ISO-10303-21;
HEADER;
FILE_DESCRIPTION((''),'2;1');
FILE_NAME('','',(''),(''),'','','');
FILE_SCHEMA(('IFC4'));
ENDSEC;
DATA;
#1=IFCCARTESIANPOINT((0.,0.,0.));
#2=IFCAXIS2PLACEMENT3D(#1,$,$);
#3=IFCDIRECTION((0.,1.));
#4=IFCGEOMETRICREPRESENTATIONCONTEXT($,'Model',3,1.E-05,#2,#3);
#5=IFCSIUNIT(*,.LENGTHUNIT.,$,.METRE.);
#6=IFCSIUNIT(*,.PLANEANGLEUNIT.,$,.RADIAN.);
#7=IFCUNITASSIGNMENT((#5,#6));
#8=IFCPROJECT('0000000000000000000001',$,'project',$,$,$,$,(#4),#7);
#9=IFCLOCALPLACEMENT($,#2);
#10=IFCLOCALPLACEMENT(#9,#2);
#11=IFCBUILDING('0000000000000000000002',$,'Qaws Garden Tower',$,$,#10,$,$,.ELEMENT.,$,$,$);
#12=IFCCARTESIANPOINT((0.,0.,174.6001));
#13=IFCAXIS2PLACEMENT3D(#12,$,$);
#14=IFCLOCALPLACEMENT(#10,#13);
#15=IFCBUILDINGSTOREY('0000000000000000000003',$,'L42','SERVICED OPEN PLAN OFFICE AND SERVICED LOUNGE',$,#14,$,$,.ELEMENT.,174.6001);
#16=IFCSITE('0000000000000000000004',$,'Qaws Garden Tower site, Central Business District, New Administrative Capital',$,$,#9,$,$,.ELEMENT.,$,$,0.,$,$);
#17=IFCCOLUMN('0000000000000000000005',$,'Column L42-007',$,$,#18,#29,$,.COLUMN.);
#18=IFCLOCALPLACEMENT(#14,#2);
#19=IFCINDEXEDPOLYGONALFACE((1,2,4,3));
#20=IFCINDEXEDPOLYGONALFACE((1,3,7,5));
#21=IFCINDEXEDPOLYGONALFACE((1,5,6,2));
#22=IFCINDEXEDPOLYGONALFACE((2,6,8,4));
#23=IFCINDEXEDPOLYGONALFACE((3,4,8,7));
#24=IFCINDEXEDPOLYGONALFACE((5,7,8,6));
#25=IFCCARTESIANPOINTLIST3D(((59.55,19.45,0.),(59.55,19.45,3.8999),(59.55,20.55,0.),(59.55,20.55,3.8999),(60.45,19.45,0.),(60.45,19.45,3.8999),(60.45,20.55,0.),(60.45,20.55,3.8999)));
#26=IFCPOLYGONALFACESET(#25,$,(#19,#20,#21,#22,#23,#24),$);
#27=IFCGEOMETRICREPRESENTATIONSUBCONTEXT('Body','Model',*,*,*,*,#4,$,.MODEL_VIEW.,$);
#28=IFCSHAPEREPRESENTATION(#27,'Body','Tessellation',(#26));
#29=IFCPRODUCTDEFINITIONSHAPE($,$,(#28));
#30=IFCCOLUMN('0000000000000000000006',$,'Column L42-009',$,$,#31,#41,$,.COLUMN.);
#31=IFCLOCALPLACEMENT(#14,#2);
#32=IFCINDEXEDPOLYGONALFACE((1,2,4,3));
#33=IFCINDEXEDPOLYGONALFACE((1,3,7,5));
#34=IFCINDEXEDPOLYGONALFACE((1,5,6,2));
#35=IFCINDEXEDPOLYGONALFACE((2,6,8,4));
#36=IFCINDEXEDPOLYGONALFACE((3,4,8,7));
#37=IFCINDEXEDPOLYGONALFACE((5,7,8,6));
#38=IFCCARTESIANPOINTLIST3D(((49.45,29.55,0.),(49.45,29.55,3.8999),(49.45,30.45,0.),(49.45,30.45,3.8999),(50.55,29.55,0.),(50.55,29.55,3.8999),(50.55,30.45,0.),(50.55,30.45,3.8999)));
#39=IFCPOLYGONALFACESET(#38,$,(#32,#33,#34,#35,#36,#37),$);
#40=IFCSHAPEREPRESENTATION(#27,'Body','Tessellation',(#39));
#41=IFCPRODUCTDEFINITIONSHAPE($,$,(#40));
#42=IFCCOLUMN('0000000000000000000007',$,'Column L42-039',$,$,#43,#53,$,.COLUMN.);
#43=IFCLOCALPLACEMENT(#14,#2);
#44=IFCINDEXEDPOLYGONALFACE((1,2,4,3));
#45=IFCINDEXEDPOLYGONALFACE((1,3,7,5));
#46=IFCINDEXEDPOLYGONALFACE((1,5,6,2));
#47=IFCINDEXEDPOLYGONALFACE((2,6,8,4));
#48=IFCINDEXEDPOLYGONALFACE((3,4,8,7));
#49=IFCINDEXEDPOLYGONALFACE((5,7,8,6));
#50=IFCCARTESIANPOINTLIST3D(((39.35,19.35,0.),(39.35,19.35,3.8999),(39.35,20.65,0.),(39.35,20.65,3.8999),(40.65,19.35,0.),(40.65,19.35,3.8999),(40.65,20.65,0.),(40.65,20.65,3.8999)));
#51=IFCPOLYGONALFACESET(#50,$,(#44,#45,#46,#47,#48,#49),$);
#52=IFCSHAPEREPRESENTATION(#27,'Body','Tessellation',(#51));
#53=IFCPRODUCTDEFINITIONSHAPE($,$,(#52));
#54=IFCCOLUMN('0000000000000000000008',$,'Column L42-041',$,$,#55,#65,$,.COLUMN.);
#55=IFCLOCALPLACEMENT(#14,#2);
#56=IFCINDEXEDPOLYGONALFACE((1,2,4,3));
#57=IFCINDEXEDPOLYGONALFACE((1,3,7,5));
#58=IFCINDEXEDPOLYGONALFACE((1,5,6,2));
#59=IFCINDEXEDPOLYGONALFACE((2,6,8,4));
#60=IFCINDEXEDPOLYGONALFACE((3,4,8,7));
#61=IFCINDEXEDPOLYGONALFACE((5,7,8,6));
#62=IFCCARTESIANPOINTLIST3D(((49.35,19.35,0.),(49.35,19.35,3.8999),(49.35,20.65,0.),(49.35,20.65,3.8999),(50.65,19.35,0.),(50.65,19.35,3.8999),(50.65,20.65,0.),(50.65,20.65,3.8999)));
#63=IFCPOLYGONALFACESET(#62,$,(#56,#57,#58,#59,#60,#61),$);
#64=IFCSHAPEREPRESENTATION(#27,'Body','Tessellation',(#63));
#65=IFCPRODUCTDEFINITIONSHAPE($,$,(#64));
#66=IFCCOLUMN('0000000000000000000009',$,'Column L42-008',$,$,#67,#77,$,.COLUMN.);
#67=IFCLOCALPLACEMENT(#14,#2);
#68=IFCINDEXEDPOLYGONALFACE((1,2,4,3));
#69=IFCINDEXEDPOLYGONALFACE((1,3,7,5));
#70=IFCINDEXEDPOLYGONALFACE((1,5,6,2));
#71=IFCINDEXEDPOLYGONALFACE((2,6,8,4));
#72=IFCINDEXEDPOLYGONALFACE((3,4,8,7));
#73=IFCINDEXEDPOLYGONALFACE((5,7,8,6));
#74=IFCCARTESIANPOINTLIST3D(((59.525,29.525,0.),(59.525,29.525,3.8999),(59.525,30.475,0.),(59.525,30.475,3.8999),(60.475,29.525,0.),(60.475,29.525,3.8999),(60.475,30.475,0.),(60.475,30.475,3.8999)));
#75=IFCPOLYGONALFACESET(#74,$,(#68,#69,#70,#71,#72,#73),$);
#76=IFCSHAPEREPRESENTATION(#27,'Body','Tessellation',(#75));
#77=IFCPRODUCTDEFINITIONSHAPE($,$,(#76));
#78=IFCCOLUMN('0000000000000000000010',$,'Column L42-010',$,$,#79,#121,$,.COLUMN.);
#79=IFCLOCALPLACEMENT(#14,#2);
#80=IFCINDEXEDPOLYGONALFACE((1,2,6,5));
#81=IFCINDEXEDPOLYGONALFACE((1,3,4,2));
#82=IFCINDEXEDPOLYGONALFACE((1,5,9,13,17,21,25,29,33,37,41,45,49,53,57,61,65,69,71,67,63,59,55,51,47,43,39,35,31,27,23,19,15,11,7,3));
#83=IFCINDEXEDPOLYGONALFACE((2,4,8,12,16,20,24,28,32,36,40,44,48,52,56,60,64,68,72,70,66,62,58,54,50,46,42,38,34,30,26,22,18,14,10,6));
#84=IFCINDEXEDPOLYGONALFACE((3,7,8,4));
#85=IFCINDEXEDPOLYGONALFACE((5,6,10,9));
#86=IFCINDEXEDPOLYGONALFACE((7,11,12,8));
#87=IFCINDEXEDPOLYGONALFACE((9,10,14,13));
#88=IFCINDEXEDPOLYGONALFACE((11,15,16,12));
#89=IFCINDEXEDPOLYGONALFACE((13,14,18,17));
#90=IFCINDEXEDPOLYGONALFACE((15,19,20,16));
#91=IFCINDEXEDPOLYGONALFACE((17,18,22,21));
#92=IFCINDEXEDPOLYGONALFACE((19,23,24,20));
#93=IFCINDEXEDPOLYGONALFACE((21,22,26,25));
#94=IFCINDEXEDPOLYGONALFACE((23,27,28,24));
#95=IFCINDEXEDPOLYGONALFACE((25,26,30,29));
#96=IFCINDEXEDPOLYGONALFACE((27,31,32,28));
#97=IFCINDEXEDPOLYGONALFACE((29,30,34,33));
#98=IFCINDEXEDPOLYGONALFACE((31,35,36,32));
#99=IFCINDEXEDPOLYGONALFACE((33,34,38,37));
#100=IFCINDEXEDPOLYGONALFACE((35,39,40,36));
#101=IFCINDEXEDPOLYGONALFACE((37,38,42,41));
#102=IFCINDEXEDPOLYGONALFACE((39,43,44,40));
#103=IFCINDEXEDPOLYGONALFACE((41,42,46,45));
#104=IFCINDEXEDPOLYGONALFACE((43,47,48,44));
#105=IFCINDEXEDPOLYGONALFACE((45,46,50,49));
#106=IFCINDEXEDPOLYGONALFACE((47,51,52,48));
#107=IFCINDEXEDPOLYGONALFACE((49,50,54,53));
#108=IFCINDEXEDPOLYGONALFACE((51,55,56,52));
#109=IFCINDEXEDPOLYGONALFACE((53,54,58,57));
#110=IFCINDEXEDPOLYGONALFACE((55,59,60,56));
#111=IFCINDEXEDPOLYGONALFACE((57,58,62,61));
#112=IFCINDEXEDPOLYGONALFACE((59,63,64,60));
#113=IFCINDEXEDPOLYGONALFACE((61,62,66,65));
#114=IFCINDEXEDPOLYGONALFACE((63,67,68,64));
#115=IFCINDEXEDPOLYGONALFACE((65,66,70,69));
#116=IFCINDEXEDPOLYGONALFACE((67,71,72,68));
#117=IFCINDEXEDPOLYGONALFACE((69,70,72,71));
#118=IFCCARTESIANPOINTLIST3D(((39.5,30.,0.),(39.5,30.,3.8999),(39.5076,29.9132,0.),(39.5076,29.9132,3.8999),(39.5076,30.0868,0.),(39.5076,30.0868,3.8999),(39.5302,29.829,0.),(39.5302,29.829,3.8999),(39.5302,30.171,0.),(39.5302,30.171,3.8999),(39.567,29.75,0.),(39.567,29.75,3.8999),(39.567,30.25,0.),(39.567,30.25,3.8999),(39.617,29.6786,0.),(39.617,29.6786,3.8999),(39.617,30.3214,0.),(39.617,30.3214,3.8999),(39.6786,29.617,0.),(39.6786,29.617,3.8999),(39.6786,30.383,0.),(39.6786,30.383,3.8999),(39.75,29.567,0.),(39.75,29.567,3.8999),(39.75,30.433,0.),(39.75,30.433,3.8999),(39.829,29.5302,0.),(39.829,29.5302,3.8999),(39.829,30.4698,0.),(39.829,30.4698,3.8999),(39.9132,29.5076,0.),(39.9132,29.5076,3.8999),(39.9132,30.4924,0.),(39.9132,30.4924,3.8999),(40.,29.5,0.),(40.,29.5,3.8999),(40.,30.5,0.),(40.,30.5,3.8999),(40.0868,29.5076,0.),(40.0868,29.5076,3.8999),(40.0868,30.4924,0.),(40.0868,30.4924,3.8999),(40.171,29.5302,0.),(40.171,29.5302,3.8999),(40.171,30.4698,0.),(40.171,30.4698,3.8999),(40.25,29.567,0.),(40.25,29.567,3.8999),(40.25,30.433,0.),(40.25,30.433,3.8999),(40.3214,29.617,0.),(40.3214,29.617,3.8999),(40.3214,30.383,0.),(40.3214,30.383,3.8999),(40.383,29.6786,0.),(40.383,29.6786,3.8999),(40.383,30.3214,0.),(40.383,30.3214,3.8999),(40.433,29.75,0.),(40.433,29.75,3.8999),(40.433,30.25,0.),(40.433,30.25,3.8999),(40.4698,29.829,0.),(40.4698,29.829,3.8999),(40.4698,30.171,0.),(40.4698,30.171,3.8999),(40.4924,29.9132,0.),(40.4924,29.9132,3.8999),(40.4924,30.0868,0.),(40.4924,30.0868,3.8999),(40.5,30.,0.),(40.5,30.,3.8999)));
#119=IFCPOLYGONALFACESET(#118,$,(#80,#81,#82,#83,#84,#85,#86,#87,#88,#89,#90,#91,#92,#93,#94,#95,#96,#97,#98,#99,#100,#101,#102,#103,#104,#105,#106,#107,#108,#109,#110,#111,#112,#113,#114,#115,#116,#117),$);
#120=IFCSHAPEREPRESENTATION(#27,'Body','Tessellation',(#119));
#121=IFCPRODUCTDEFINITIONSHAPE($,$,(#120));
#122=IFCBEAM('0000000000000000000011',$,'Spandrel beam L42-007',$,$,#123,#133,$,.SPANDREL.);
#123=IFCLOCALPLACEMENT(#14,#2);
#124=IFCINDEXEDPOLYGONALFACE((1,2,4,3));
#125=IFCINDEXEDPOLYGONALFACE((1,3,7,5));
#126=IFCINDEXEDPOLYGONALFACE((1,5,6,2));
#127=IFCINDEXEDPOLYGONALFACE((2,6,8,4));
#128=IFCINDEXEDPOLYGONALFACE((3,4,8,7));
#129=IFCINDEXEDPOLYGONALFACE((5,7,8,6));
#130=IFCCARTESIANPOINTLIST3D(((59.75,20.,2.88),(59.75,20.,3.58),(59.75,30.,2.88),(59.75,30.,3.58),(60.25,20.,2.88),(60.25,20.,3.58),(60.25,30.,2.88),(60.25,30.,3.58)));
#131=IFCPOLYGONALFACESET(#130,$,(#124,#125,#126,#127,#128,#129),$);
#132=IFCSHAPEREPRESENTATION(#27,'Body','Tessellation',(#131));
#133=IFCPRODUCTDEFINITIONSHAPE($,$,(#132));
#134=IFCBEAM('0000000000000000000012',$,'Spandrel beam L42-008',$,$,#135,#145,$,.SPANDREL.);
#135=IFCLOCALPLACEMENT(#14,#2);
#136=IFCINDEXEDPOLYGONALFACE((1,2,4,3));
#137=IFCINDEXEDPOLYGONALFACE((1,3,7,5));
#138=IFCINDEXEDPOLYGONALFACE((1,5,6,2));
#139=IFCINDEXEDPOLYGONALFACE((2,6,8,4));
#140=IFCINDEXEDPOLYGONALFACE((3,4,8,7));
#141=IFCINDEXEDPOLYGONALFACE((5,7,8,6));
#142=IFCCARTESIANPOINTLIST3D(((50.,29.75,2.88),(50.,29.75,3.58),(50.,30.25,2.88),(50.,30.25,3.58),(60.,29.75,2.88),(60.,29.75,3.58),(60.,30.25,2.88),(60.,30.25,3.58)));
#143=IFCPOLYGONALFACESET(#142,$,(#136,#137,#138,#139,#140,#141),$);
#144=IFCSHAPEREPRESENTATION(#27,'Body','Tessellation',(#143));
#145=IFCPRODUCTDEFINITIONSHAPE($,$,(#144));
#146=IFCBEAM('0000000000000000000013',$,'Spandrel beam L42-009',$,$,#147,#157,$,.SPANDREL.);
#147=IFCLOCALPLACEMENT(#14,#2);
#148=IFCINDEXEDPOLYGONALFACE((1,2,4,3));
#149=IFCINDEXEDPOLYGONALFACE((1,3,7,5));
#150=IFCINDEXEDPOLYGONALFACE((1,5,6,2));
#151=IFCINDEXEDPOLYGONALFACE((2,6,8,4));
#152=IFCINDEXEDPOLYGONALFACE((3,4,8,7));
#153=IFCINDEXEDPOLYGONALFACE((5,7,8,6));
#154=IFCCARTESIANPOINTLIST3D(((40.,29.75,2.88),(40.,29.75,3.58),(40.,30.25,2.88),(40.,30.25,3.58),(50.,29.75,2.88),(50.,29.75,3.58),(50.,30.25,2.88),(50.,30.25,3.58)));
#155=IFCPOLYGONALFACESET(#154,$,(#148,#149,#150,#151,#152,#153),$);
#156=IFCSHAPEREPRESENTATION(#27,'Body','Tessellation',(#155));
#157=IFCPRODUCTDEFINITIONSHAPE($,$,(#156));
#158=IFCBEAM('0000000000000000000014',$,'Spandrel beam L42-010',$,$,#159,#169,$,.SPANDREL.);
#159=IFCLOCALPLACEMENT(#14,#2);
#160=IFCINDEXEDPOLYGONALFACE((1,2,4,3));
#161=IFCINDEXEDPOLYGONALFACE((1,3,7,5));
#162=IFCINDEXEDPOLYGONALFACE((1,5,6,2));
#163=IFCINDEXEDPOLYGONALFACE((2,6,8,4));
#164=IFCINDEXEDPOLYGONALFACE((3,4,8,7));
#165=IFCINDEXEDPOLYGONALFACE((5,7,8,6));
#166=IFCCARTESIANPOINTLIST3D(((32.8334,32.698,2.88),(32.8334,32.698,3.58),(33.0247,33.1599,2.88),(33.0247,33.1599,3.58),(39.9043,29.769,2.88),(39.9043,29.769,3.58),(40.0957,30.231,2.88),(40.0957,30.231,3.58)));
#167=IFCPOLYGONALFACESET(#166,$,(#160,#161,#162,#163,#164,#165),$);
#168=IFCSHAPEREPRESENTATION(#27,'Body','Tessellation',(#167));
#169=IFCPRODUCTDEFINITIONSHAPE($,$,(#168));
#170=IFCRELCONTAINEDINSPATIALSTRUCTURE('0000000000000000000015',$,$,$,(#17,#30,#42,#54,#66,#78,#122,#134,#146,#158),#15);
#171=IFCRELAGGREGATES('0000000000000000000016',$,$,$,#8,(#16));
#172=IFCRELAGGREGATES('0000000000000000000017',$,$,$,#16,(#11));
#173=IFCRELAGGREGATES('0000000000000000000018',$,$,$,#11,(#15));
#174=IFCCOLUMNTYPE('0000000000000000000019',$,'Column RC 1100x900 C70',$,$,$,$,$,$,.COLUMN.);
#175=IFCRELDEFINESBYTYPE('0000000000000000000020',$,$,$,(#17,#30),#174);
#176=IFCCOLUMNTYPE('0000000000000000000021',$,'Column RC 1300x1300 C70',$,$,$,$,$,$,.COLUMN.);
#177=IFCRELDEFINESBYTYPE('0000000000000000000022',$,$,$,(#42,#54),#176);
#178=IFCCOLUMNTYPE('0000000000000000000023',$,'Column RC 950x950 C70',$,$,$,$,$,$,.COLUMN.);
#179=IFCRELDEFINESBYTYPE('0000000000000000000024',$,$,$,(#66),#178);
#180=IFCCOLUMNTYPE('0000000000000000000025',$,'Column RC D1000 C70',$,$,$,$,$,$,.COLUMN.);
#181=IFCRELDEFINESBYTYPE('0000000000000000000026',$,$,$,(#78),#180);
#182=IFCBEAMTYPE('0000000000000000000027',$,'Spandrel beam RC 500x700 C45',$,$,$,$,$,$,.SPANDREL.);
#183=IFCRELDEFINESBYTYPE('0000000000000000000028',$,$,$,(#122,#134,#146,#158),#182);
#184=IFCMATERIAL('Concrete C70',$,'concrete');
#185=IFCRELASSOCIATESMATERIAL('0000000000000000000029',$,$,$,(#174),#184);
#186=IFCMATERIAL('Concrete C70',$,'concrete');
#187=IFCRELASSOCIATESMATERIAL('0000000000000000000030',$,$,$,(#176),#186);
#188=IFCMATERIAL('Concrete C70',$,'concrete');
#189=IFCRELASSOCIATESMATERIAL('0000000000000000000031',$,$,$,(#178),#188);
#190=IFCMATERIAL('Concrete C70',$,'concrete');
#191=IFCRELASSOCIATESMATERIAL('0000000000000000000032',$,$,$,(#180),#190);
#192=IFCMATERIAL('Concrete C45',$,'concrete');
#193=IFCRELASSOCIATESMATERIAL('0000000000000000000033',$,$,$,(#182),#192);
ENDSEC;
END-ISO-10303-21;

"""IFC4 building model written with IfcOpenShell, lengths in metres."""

from ifc_helpers import new_model, si_unit, direction, frame, origin, origin_2d, place, context, subcontext, project, spatial, rectangle, circle, extrude, material, material_profile, profile_set, type_object, element, save


model = new_model("IFC4")

# Units and contexts
model_context = context("Model", 3, precision=1e-05, world=origin(), true_north=direction((0.0, 1.0)))
body_context = subcontext(model_context, "Body", "Model", "MODEL_VIEW")
ifc_project = project(units=[si_unit("LENGTHUNIT", "METRE"), si_unit("PLANEANGLEUNIT", "RADIAN")], contexts=[model_context])

# Site, building, storey
site_placement = place(None, origin())
site = spatial("IfcSite", under=ifc_project, at=site_placement, Name="Qaws Garden Tower site, Central Business District, New Administrative Capital", CompositionType="ELEMENT", RefElevation=0.0)
building_placement = place(site_placement, origin())
building = spatial("IfcBuilding", under=site, at=building_placement, Name="Qaws Garden Tower", CompositionType="ELEMENT")
storey_placement = place(building_placement, frame((0.0, 0.0, 174.6001)))
storey = spatial("IfcBuildingStorey", under=building, at=storey_placement, Name="L42", Description="SERVICED OPEN PLAN OFFICE AND SERVICED LOUNGE", CompositionType="ELEMENT", Elevation=174.6001)

# Columns
ifc_material_1 = material(Name="Concrete C70", Category="concrete")
ifc_material_profile_1 = material_profile(ifc_material_1, rectangle(XDim=1.1001, YDim=0.8999, at=origin_2d()), Name="RC 1100x900")
ifc_profile_set_1 = profile_set([ifc_material_profile_1], Name="Concrete C70")
column_type_1 = type_object("IfcColumnType", Name="Column RC 1100x900 C70", PredefinedType="COLUMN", material=ifc_profile_set_1)
for number, where, z_axis, x_axis, name in (
    (1, (60.0, 20.0, 0.0), (0.0, 0.0, 1.0), (0.0, 1.0, 0.0), "Column L42-007"),
    (2, (50.0, 30.0, 0.0), (0.0, 0.0, 1.0), (1.0, 0.0, 0.0), "Column L42-009"),
):
    element("IfcColumn", number, at=place(storey_placement, frame(where, z_axis=z_axis, x_axis=x_axis)), inside=storey, type_object=column_type_1, Name=name, PredefinedType="COLUMN", context=body_context, shape_type="SweptSolid", body=[
        extrude(rectangle(XDim=1.1001, YDim=0.8999, at=origin_2d()), origin(), (0.0, 0.0, 1.0), 3.8999),
    ])
ifc_material_2 = material(Name="Concrete C70", Category="concrete")
ifc_material_profile_2 = material_profile(ifc_material_2, rectangle(XDim=1.3, YDim=1.3, at=origin_2d()), Name="RC 1300x1300")
ifc_profile_set_2 = profile_set([ifc_material_profile_2], Name="Concrete C70")
column_type_2 = type_object("IfcColumnType", Name="Column RC 1300x1300 C70", PredefinedType="COLUMN", material=ifc_profile_set_2)
for number, where, z_axis, x_axis, name in (
    (3, (40.0, 20.0, 0.0), (0.0, 0.0, 1.0), (1.0, 0.0, 0.0), "Column L42-039"),
    (4, (50.0, 20.0, 0.0), (0.0, 0.0, 1.0), (1.0, 0.0, 0.0), "Column L42-041"),
):
    element("IfcColumn", number, at=place(storey_placement, frame(where, z_axis=z_axis, x_axis=x_axis)), inside=storey, type_object=column_type_2, Name=name, PredefinedType="COLUMN", context=body_context, shape_type="SweptSolid", body=[
        extrude(rectangle(XDim=1.3, YDim=1.3, at=origin_2d()), origin(), (0.0, 0.0, 1.0), 3.8999),
    ])
ifc_material_3 = material(Name="Concrete C70", Category="concrete")
ifc_material_profile_3 = material_profile(ifc_material_3, rectangle(XDim=0.95, YDim=0.95, at=origin_2d()), Name="RC 950x950")
ifc_profile_set_3 = profile_set([ifc_material_profile_3], Name="Concrete C70")
column_type_3 = type_object("IfcColumnType", Name="Column RC 950x950 C70", PredefinedType="COLUMN", material=ifc_profile_set_3)
column_1_placement = place(storey_placement, frame((60.0, 30.0, 0.0), z_axis=(0.0, 0.0, 1.0), x_axis=(1.0, 0.0, 0.0)))
element("IfcColumn", 5, at=column_1_placement, inside=storey, type_object=column_type_3, Name="Column L42-008", PredefinedType="COLUMN", context=body_context, shape_type="SweptSolid", body=[
    extrude(rectangle(XDim=0.95, YDim=0.95, at=origin_2d()), origin(), (0.0, 0.0, 1.0), 3.8999),
])
ifc_material_4 = material(Name="Concrete C70", Category="concrete")
ifc_material_profile_4 = material_profile(ifc_material_4, circle(Radius=0.5, at=origin_2d()), Name="RC D1000")
ifc_profile_set_4 = profile_set([ifc_material_profile_4], Name="Concrete C70")
column_type_4 = type_object("IfcColumnType", Name="Column RC D1000 C70", PredefinedType="COLUMN", material=ifc_profile_set_4)
column_2_placement = place(storey_placement, frame((40.0, 30.0, 0.0), z_axis=(0.0, 0.0, 1.0), x_axis=(1.0, 0.0, 0.0)))
element("IfcColumn", 6, at=column_2_placement, inside=storey, type_object=column_type_4, Name="Column L42-010", PredefinedType="COLUMN", context=body_context, shape_type="SweptSolid", body=[
    extrude(circle(Radius=0.5, at=origin_2d()), origin(), (0.0, 0.0, 1.0), 3.8999),
])

# Beams
ifc_material_5 = material(Name="Concrete C45", Category="concrete")
ifc_material_profile_5 = material_profile(ifc_material_5, rectangle(XDim=0.5, YDim=0.7, at=origin_2d()), Name="RC 500x700")
ifc_profile_set_5 = profile_set([ifc_material_profile_5], Name="Concrete C45")
beam_type = type_object("IfcBeamType", Name="Spandrel beam RC 500x700 C45", PredefinedType="SPANDREL", material=ifc_profile_set_5)
for number, where, z_axis, x_axis, name in (
    (7, (60.0, 20.0, 3.23), (0.0, 1.0, 0.0), (-1.0, 0.0, 0.0), "Spandrel beam L42-007"),
    (8, (60.0, 30.0, 3.23), (-1.0, 0.0, 0.0), (0.0, -1.0, 0.0), "Spandrel beam L42-008"),
    (9, (50.0, 30.0, 3.23), (-1.0, 0.0, 0.0), (0.0, -1.0, 0.0), "Spandrel beam L42-009"),
):
    element("IfcBeam", number, at=place(storey_placement, frame(where, z_axis=z_axis, x_axis=x_axis)), inside=storey, type_object=beam_type, Name=name, PredefinedType="SPANDREL", context=body_context, shape_type="SweptSolid", body=[
        extrude(rectangle(XDim=0.5, YDim=0.7, at=origin_2d()), origin(), (0.0, 0.0, 1.0), 10.0),
    ])
beam_placement = place(storey_placement, frame((40.0, 30.0, 3.23), z_axis=(-0.923878, 0.382687, 0.0), x_axis=(-0.382687, -0.923878, 0.0)))
element("IfcBeam", 10, at=beam_placement, inside=storey, type_object=beam_type, Name="Spandrel beam L42-010", PredefinedType="SPANDREL", context=body_context, shape_type="SweptSolid", body=[
    extrude(rectangle(XDim=0.5, YDim=0.7, at=origin_2d()), origin(), (0.0, 0.0, 1.0), 7.6536),
])

save(model, "model.ifc")
